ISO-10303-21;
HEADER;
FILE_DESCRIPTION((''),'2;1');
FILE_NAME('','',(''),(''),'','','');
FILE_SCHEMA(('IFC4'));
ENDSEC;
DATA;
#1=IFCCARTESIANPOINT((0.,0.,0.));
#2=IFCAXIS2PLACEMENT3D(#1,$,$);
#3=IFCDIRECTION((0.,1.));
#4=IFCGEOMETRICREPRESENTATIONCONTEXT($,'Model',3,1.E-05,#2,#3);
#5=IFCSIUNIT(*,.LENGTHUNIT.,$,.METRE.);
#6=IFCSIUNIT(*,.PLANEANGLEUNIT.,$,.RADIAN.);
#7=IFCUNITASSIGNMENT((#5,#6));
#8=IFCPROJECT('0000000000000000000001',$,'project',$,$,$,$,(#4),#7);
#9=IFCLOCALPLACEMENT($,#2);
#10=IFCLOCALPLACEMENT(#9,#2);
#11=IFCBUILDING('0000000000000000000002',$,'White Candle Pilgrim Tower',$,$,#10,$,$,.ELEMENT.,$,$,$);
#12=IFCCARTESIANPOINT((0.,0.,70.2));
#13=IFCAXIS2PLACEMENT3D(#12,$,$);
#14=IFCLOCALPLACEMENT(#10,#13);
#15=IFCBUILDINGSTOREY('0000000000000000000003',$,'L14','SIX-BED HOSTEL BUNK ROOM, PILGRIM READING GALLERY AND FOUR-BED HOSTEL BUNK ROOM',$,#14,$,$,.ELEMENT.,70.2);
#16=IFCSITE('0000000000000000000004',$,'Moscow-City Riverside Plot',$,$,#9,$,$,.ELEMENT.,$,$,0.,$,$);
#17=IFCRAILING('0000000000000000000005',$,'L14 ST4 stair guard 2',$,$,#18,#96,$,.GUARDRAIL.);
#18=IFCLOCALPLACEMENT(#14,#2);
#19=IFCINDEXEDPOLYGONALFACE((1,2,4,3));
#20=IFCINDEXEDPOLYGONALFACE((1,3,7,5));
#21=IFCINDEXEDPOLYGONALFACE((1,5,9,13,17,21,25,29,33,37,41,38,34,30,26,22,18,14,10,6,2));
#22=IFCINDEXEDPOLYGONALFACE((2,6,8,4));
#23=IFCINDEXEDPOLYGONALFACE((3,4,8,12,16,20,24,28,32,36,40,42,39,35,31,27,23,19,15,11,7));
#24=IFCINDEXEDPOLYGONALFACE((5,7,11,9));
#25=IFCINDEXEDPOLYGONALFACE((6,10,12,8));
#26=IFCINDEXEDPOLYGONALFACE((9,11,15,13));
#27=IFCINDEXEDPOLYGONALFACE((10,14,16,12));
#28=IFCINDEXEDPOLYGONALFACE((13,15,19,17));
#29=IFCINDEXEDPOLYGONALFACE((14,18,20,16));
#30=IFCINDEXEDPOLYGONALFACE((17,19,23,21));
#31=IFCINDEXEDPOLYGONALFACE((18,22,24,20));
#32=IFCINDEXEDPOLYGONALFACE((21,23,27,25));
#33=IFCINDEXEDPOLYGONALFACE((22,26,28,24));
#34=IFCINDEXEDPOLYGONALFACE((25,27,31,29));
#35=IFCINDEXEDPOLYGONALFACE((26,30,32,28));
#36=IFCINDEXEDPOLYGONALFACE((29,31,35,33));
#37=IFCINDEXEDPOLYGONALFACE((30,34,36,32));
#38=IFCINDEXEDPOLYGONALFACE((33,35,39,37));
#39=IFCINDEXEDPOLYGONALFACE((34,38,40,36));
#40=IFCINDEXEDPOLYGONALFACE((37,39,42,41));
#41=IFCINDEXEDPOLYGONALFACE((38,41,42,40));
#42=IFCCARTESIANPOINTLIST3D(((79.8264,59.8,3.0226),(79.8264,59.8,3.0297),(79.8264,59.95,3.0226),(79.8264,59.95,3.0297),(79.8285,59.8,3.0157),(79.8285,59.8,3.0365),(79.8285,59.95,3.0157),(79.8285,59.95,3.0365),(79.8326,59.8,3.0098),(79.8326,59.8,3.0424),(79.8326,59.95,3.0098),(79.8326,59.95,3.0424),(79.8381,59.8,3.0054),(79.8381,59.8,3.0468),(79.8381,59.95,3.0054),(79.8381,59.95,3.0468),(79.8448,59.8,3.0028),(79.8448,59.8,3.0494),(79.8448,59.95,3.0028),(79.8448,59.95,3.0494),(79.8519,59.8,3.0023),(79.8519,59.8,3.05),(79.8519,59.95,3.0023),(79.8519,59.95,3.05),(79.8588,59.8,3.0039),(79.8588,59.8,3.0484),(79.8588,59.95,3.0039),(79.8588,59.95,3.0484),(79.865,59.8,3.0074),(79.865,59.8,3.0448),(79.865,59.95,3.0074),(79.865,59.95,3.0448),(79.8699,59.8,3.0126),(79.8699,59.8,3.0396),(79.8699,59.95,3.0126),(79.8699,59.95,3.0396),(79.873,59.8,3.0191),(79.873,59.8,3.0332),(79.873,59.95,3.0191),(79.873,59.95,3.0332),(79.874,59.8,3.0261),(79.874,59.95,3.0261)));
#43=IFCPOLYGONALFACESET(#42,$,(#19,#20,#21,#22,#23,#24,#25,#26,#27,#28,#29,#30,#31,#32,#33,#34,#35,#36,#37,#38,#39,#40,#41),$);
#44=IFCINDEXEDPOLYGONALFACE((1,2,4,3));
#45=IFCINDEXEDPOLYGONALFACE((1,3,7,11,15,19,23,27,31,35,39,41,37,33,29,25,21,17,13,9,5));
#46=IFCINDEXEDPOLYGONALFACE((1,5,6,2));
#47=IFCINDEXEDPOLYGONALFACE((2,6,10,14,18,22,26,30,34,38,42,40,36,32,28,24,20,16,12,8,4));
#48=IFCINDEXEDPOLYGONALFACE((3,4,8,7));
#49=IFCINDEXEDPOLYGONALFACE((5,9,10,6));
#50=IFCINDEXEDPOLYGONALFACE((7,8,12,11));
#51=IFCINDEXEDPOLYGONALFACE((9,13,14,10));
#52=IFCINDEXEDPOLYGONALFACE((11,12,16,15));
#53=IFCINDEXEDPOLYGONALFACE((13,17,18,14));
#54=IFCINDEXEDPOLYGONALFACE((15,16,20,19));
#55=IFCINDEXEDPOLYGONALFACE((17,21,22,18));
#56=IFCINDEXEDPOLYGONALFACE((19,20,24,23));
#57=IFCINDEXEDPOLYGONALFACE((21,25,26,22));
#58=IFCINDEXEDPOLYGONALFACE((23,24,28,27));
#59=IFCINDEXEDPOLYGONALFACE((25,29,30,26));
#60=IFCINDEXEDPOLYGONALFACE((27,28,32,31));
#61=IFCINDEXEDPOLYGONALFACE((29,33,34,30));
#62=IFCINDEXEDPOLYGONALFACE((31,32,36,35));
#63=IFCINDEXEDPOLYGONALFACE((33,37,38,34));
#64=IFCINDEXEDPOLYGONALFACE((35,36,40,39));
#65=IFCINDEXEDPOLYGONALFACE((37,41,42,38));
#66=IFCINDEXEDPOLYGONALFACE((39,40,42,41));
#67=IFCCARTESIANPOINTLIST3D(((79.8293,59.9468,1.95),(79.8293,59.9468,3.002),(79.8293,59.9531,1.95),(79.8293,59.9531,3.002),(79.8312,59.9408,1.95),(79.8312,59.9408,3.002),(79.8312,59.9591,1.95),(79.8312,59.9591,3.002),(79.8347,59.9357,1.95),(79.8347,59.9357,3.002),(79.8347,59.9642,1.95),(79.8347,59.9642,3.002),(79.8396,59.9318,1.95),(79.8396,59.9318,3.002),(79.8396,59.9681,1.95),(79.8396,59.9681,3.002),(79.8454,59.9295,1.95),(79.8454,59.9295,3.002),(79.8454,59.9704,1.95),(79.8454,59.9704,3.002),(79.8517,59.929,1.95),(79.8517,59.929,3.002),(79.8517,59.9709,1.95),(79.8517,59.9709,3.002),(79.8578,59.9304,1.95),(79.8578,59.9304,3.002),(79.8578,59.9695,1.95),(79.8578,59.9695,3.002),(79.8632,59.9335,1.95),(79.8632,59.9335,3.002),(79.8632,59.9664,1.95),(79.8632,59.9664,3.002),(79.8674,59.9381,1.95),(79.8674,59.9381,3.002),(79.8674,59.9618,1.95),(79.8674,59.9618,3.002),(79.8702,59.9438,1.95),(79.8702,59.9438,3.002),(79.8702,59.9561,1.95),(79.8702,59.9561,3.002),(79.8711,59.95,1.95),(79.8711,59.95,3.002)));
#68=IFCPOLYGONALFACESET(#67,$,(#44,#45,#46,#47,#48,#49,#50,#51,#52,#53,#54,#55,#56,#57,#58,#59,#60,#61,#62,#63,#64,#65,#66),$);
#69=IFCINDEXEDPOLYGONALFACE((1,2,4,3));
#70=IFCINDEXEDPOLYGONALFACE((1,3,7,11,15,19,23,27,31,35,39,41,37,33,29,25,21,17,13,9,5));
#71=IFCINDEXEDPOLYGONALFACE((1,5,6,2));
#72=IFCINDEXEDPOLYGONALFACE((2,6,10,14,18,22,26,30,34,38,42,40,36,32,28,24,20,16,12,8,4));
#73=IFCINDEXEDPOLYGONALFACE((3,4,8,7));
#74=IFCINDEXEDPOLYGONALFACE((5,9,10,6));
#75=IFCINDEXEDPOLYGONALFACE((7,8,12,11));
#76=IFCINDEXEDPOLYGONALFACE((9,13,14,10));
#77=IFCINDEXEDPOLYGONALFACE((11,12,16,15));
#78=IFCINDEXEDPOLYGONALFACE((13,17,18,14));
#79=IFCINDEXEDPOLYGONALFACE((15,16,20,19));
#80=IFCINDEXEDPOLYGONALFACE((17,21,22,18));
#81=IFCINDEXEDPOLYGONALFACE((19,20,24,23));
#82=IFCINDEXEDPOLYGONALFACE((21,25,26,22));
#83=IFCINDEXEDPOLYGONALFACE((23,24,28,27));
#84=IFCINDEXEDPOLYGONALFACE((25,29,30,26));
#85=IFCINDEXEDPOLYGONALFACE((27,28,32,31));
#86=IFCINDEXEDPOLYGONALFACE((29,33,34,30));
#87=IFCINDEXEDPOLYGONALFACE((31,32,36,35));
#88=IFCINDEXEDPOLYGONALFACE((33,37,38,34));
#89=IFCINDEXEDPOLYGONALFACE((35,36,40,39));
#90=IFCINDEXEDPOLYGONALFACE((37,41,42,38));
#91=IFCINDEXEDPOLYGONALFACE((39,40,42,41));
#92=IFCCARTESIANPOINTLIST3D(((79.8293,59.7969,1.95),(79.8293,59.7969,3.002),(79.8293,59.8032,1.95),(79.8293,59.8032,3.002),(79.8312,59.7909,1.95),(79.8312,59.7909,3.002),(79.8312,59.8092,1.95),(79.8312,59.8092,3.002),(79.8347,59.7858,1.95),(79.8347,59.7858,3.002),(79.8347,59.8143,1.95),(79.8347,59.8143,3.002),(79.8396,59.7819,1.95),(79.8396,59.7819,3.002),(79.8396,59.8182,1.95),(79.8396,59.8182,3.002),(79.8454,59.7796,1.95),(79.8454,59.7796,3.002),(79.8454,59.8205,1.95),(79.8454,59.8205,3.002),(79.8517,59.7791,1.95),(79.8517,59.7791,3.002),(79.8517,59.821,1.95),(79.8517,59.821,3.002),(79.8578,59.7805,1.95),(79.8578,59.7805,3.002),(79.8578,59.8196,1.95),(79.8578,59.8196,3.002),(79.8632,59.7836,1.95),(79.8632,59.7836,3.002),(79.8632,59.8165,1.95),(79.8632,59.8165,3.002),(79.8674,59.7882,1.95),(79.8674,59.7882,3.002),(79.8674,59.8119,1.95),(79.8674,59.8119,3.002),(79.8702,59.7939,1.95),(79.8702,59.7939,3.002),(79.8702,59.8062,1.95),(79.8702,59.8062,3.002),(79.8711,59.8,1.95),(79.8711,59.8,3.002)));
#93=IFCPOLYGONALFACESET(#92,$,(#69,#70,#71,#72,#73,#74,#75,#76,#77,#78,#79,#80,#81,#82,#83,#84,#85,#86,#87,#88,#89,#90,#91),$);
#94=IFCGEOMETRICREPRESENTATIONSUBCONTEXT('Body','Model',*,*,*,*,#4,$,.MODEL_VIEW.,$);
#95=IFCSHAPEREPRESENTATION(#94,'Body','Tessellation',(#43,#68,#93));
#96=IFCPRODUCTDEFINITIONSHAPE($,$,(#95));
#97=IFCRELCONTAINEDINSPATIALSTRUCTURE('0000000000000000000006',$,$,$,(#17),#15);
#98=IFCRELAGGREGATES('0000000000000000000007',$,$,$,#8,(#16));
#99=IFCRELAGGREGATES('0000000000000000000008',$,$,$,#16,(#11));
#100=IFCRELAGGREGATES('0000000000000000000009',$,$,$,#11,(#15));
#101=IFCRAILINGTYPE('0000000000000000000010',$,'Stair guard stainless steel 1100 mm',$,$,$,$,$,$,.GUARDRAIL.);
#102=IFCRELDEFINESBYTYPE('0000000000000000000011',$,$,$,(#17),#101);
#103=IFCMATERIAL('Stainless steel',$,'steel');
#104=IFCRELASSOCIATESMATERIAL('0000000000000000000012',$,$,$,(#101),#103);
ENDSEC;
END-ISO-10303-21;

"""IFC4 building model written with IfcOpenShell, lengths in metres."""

from ifc_helpers import new_model, si_unit, direction, frame, origin, origin_2d, place, context, subcontext, project, spatial, circle, extrude, material, type_object, element, save


model = new_model("IFC4")

# Units and contexts
model_context = context("Model", 3, precision=1e-05, world=origin(), true_north=direction((0.0, 1.0)))
body_context = subcontext(model_context, "Body", "Model", "MODEL_VIEW")
ifc_project = project(units=[si_unit("LENGTHUNIT", "METRE"), si_unit("PLANEANGLEUNIT", "RADIAN")], contexts=[model_context])

# Site, building, storey
site_placement = place(None, origin())
site = spatial("IfcSite", under=ifc_project, at=site_placement, Name="Moscow-City Riverside Plot", CompositionType="ELEMENT", RefElevation=0.0)
building_placement = place(site_placement, origin())
building = spatial("IfcBuilding", under=site, at=building_placement, Name="White Candle Pilgrim Tower", CompositionType="ELEMENT")
storey_placement = place(building_placement, frame((0.0, 0.0, 70.2)))
storey = spatial("IfcBuildingStorey", under=building, at=storey_placement, Name="L14", Description="SIX-BED HOSTEL BUNK ROOM, PILGRIM READING GALLERY AND FOUR-BED HOSTEL BUNK ROOM", CompositionType="ELEMENT", Elevation=70.2)

# Railing
ifc_material_1 = material(Name="Stainless steel", Category="steel")
railing_type_1 = type_object("IfcRailingType", Name="Stair guard stainless steel 1100 mm", PredefinedType="GUARDRAIL", material=ifc_material_1)
railing_1_placement = place(storey_placement, frame((79.8501, 59.95, 1.95)))
element("IfcRailing", 1, at=railing_1_placement, inside=storey, type_object=railing_type_1, Name="L14 ST4 stair guard 2", PredefinedType="GUARDRAIL", context=body_context, shape_type="SweptSolid", body=[
    extrude(circle(Radius=0.0239, at=origin_2d()), frame((0.0, 0.0, 1.0762), z_axis=(0.0, -1.0, 0.0), x_axis=(1.0, 0.0, 0.0)), (0.0, 0.0, 1.0), 0.1499),
    extrude(circle(Radius=0.021, at=origin_2d()), origin(), (0.0, 0.0, 1.0), 1.052),
    extrude(circle(Radius=0.021, at=origin_2d()), frame((0.0, -0.1499, 0.0)), (0.0, 0.0, 1.0), 1.052),
])

save(model, "model.ifc")
